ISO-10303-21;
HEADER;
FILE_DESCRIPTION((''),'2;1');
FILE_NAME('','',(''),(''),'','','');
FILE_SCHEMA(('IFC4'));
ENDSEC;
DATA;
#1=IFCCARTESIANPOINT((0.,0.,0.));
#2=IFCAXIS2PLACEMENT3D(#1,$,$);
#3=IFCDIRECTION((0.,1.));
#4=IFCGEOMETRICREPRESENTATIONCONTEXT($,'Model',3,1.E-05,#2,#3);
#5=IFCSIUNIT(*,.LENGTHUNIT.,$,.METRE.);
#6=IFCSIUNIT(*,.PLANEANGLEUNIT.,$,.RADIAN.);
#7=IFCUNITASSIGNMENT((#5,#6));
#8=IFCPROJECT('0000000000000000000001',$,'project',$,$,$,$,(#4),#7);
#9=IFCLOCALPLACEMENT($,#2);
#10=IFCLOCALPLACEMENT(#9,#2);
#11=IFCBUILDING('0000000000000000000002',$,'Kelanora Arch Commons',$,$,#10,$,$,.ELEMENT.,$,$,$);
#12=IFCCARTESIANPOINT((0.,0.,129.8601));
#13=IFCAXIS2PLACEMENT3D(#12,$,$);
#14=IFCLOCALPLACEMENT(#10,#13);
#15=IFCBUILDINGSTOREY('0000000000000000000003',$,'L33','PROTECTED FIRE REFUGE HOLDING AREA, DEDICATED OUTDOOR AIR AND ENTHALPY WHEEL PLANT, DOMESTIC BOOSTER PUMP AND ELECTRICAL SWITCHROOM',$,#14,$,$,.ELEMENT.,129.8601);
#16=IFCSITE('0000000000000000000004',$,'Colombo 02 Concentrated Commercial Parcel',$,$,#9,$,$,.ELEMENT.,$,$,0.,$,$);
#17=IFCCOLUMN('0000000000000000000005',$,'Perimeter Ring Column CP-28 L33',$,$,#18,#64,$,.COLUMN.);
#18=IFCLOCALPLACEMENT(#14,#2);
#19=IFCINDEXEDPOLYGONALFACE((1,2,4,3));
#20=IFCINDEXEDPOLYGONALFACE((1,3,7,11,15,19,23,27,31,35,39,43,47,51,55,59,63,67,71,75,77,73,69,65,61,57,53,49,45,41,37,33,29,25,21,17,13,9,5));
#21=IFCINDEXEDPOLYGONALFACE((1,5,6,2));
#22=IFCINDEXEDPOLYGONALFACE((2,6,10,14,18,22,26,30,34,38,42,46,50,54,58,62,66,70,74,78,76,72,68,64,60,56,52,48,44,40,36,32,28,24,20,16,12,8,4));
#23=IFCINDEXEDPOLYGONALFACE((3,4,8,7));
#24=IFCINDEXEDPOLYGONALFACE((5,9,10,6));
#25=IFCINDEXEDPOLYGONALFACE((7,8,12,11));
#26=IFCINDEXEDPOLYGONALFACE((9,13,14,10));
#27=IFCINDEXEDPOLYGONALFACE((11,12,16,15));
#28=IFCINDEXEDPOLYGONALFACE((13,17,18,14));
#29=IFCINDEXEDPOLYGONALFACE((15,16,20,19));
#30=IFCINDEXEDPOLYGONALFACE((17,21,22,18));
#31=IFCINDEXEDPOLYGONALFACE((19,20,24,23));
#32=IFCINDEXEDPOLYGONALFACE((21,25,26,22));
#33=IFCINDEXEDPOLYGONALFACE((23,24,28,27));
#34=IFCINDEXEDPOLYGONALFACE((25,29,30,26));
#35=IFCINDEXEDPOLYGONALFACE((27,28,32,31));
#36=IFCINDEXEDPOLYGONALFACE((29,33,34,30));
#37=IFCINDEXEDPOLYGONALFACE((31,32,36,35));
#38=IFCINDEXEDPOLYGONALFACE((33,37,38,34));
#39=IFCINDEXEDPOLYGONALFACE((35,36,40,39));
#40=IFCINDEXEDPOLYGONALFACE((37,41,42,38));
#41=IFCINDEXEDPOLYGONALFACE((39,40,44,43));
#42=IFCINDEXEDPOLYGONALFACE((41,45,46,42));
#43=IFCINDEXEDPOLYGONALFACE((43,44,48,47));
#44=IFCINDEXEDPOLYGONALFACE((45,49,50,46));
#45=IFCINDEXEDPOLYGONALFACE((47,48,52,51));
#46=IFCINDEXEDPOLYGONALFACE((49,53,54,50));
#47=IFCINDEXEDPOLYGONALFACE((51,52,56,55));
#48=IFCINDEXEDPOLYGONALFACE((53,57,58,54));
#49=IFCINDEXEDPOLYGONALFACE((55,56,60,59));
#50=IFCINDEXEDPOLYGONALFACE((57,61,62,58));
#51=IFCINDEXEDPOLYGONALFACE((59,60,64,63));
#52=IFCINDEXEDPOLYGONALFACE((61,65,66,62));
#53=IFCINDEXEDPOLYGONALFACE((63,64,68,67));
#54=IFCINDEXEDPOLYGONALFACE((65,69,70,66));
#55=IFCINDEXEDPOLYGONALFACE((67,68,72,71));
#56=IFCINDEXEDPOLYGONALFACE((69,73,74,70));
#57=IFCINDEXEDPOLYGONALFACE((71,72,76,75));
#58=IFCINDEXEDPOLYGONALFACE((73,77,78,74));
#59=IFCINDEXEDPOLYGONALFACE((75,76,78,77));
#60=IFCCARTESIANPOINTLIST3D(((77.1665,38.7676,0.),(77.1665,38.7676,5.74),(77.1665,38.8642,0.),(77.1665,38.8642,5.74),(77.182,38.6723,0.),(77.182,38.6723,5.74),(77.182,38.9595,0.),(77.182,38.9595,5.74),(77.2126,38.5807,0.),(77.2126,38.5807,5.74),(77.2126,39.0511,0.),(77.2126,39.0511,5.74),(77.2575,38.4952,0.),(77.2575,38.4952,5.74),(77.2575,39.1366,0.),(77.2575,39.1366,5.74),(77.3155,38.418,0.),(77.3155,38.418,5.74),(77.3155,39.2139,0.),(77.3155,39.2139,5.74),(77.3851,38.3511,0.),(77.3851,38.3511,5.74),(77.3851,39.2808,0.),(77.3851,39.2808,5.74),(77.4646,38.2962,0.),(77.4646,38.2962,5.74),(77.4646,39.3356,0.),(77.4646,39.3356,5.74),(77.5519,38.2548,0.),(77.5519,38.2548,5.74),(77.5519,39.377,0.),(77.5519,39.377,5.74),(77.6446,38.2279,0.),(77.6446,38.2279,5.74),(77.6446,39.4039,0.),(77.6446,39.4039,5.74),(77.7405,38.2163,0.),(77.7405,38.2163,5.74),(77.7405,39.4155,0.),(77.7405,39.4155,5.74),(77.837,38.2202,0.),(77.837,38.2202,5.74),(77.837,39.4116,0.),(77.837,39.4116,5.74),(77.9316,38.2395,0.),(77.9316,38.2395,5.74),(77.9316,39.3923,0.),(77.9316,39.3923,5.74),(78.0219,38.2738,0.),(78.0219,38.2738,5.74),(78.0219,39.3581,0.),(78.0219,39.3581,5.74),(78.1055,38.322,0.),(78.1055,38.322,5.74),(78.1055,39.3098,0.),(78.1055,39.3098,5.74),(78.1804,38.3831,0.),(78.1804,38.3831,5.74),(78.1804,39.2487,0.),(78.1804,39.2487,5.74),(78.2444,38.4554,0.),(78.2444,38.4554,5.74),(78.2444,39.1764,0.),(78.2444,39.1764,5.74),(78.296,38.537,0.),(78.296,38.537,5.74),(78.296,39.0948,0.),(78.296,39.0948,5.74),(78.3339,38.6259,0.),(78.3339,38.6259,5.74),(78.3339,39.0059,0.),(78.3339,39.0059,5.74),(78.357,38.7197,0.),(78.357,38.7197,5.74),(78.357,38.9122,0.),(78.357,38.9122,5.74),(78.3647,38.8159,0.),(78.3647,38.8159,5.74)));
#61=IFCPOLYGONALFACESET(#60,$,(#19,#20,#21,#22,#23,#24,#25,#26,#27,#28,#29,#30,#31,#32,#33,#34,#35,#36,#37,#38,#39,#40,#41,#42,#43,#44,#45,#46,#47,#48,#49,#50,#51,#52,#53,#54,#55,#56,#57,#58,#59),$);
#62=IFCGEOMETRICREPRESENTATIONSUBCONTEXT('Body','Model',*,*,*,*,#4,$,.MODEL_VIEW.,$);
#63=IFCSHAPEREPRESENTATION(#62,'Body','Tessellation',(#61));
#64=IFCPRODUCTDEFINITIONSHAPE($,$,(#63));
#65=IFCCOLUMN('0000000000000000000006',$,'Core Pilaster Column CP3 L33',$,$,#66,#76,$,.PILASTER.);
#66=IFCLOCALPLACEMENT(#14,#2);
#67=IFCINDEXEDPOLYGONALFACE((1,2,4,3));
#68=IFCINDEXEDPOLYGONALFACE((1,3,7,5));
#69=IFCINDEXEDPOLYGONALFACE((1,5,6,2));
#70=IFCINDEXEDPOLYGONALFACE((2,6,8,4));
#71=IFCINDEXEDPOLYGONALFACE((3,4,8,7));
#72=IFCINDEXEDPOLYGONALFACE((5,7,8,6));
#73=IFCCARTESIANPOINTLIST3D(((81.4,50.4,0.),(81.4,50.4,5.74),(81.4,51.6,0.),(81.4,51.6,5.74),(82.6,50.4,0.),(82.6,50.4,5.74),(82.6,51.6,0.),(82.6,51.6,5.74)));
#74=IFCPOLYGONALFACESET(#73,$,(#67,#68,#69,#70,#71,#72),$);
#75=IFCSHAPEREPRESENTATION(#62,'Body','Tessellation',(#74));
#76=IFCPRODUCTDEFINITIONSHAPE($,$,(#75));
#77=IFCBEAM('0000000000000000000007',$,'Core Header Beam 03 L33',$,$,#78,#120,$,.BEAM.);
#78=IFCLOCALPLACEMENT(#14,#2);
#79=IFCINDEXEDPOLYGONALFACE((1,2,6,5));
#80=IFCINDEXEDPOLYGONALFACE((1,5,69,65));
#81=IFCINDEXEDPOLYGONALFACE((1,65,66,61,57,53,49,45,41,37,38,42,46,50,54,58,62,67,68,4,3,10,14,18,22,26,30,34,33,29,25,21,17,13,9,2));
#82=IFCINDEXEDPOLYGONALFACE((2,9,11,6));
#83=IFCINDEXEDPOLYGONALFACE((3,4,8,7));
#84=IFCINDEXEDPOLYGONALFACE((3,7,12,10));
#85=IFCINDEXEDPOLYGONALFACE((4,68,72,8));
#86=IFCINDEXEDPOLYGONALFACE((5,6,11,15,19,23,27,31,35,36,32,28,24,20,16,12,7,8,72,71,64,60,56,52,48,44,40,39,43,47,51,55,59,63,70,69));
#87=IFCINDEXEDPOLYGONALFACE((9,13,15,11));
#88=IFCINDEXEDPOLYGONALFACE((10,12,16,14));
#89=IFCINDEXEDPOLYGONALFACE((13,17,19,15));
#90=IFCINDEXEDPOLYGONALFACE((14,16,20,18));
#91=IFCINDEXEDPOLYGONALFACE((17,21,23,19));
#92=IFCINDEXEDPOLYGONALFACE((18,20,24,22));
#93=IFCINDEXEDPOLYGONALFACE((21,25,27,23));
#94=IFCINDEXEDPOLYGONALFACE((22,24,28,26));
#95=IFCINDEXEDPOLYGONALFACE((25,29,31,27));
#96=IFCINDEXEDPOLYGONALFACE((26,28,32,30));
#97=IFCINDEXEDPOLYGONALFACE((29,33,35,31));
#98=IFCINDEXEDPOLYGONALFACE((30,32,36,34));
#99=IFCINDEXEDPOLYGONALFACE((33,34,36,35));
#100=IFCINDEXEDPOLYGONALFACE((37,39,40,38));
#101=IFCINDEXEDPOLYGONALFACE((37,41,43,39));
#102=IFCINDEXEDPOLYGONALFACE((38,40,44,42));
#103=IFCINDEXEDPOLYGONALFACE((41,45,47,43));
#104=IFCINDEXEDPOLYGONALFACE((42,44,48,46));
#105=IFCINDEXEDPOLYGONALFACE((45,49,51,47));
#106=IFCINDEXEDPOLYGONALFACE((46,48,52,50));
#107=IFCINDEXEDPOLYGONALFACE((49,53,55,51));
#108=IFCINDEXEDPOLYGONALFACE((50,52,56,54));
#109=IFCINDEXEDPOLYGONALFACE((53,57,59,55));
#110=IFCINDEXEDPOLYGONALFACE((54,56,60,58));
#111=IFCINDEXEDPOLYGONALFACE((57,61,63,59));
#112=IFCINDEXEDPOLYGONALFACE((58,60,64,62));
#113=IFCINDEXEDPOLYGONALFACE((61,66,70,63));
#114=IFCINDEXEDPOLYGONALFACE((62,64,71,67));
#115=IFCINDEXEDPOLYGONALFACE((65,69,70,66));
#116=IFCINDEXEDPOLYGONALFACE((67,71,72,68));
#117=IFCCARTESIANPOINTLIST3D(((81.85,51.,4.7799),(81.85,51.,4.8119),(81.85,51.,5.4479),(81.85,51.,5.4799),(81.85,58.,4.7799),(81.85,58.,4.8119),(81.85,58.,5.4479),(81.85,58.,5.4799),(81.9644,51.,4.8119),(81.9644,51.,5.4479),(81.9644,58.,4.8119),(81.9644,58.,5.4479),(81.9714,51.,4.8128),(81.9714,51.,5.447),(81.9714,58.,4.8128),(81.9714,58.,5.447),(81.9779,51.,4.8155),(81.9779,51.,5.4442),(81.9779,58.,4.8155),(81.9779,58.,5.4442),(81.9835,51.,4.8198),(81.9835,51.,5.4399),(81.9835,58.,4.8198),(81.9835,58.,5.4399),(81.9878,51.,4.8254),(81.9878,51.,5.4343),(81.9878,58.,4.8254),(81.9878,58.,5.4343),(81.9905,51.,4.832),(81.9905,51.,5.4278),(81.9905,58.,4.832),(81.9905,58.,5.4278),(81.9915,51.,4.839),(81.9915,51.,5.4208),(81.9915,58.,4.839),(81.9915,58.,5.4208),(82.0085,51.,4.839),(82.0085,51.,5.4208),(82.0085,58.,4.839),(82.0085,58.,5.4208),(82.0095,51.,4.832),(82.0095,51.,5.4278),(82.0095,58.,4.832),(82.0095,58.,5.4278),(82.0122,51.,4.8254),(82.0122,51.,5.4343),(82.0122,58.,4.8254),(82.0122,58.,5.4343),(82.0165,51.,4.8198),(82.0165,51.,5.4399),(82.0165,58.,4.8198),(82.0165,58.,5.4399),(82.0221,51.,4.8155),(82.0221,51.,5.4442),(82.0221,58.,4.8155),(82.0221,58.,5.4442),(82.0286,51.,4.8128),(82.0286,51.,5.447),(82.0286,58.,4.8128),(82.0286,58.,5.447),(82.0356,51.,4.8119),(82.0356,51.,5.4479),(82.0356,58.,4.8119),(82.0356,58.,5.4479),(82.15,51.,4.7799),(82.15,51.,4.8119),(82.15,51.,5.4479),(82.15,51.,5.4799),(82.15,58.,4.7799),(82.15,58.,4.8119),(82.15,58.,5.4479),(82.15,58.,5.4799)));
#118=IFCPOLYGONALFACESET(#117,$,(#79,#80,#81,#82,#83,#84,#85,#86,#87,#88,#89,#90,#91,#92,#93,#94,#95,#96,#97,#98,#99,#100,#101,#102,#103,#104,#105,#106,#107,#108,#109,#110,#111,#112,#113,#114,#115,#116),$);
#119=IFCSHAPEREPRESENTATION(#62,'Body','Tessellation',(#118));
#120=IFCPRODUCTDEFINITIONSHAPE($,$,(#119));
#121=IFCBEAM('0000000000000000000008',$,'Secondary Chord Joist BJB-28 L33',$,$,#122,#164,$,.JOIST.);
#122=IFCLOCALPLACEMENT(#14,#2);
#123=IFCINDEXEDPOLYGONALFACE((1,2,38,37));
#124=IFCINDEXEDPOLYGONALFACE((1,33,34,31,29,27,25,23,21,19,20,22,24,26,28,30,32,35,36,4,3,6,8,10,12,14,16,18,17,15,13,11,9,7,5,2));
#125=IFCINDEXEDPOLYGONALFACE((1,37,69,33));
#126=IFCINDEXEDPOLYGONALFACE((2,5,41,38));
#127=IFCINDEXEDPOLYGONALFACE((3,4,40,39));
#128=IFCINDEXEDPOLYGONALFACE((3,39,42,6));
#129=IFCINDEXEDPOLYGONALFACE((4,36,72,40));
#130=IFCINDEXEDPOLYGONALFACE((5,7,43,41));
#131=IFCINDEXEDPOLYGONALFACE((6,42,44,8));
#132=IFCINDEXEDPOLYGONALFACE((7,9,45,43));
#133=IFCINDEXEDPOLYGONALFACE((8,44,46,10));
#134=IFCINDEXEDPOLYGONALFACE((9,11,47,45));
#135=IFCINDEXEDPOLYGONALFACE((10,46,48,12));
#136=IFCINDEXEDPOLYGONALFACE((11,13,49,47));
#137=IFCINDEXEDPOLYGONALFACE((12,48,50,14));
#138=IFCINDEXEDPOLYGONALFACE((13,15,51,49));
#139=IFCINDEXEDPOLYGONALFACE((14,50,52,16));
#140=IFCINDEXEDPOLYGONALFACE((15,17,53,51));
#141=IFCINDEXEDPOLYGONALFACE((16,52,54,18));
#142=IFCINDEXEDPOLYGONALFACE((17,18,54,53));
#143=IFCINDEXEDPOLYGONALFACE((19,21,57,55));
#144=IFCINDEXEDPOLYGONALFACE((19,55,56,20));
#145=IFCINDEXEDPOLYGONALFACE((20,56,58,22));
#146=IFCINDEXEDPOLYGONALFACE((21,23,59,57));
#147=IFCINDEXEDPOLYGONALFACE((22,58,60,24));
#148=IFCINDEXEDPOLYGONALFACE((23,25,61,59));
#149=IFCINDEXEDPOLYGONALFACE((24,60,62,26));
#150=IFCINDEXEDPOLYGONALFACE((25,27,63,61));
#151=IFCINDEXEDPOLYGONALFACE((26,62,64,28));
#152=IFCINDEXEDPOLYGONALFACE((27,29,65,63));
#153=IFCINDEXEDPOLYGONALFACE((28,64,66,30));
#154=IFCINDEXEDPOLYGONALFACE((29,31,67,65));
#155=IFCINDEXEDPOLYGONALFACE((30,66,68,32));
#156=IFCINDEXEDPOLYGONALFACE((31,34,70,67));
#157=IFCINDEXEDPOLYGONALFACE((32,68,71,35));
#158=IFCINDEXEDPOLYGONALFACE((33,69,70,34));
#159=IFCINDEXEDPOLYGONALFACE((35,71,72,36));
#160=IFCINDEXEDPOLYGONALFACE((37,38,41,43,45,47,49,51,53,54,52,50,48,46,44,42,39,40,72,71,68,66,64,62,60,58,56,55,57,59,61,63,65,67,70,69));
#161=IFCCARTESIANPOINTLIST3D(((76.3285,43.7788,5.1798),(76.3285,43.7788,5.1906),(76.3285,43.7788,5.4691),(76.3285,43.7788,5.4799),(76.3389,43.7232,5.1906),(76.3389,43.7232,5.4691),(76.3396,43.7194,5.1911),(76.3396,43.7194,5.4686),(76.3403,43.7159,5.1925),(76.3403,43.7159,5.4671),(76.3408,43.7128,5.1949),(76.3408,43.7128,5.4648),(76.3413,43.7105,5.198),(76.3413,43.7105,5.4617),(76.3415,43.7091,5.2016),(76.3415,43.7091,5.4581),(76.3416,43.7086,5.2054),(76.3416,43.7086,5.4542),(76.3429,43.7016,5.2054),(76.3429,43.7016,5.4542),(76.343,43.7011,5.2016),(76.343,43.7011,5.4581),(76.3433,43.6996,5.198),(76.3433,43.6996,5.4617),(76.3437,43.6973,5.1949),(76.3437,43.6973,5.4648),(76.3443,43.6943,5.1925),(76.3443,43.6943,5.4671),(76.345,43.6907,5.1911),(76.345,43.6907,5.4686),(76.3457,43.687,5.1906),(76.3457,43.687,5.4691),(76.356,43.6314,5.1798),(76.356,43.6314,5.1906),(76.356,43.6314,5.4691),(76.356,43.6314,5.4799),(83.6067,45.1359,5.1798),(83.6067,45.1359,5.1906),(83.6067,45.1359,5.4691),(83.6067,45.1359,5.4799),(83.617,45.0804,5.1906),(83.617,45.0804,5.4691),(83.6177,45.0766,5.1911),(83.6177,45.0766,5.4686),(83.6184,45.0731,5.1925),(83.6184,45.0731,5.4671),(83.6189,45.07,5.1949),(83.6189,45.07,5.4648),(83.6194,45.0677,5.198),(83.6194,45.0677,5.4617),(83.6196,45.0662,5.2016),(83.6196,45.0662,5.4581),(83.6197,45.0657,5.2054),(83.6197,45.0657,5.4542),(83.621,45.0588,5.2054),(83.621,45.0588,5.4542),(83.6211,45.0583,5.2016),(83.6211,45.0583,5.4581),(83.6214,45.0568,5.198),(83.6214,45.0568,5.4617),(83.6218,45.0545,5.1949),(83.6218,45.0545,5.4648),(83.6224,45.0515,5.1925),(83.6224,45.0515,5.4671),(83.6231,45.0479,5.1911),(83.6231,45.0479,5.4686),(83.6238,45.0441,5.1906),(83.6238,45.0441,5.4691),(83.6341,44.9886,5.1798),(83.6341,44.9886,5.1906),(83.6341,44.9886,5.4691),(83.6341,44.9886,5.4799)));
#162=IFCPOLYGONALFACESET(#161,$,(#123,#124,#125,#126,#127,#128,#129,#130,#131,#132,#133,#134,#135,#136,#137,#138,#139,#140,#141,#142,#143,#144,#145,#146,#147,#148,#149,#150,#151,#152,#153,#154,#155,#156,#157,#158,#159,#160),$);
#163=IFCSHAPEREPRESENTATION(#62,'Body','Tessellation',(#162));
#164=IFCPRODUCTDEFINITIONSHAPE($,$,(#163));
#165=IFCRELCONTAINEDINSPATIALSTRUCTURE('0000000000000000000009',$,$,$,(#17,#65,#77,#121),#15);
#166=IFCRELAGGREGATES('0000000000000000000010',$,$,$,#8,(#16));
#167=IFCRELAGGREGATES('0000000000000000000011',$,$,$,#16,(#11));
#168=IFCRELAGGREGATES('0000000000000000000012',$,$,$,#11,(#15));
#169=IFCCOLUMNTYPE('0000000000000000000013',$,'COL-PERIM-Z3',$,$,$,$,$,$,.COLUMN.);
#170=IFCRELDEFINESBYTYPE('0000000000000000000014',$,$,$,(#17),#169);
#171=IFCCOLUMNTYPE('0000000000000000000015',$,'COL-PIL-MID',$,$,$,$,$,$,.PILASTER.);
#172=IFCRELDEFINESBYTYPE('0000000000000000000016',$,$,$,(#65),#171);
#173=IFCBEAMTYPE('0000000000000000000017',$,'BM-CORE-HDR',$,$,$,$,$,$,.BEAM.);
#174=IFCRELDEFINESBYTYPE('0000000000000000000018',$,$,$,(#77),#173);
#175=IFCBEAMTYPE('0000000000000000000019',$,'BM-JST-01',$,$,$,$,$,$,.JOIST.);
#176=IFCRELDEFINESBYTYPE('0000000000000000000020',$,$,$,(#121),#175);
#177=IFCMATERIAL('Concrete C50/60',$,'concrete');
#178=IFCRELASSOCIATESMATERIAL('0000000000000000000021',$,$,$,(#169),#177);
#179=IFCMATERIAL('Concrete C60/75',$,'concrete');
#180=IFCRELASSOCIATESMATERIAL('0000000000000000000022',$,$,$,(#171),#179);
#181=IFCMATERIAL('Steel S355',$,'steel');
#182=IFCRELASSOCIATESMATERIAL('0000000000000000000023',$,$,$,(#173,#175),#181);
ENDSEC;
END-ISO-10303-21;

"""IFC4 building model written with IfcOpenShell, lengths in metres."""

from ifc_helpers import new_model, si_unit, direction, frame, origin, origin_2d, place, context, subcontext, project, spatial, rectangle, circle, i_section, extrude, material, material_profile, profile_set, type_object, element, save


model = new_model("IFC4")

# Units and contexts
model_context = context("Model", 3, precision=1e-05, world=origin(), true_north=direction((0.0, 1.0)))
body_context = subcontext(model_context, "Body", "Model", "MODEL_VIEW")
ifc_project = project(units=[si_unit("LENGTHUNIT", "METRE"), si_unit("PLANEANGLEUNIT", "RADIAN")], contexts=[model_context])

# Site, building, storey
site_placement = place(None, origin())
site = spatial("IfcSite", under=ifc_project, at=site_placement, Name="Colombo 02 Concentrated Commercial Parcel", CompositionType="ELEMENT", RefElevation=0.0)
building_placement = place(site_placement, origin())
building = spatial("IfcBuilding", under=site, at=building_placement, Name="Kelanora Arch Commons", CompositionType="ELEMENT")
storey_placement = place(building_placement, frame((0.0, 0.0, 129.8601)))
storey = spatial("IfcBuildingStorey", under=building, at=storey_placement, Name="L33", Description="PROTECTED FIRE REFUGE HOLDING AREA, DEDICATED OUTDOOR AIR AND ENTHALPY WHEEL PLANT, DOMESTIC BOOSTER PUMP AND ELECTRICAL SWITCHROOM", CompositionType="ELEMENT", Elevation=129.8601)

# Columns
ifc_material_1 = material(Name="Concrete C50/60", Category="concrete")
ifc_material_profile_1 = material_profile(ifc_material_1, circle(Radius=0.6001, at=origin_2d()), Name="RCC1200")
ifc_profile_set_1 = profile_set([ifc_material_profile_1], Name="Concrete C50/60")
column_type_1 = type_object("IfcColumnType", Name="COL-PERIM-Z3", PredefinedType="COLUMN", material=ifc_profile_set_1)
column_1_placement = place(storey_placement, frame((77.7646, 38.8159, 0.0), z_axis=(0.0, 0.0, 1.0), x_axis=(1.0, 0.0, 0.0)))
element("IfcColumn", 1, at=column_1_placement, inside=storey, type_object=column_type_1, Name="Perimeter Ring Column CP-28 L33", PredefinedType="COLUMN", context=body_context, shape_type="SweptSolid", body=[
    extrude(circle(Radius=0.6001, at=origin_2d()), origin(), (0.0, 0.0, 1.0), 5.74),
])
ifc_material_2 = material(Name="Concrete C60/75", Category="concrete")
ifc_material_profile_2 = material_profile(ifc_material_2, rectangle(XDim=1.2, YDim=1.2, at=origin_2d()), Name="RC1200x1200")
ifc_profile_set_2 = profile_set([ifc_material_profile_2], Name="Concrete C60/75")
column_type_2 = type_object("IfcColumnType", Name="COL-PIL-MID", PredefinedType="PILASTER", material=ifc_profile_set_2)
column_2_placement = place(storey_placement, frame((82.0, 51.0, 0.0), z_axis=(0.0, 0.0, 1.0), x_axis=(1.0, 0.0, 0.0)))
element("IfcColumn", 2, at=column_2_placement, inside=storey, type_object=column_type_2, Name="Core Pilaster Column CP3 L33", PredefinedType="PILASTER", context=body_context, shape_type="SweptSolid", body=[
    extrude(rectangle(XDim=1.2, YDim=1.2, at=origin_2d()), origin(), (0.0, 0.0, 1.0), 5.74),
])

# Beams
ifc_material_3 = material(Name="Steel S355", Category="steel")
ifc_material_profile_3 = material_profile(ifc_material_3, i_section(OverallWidth=0.3, OverallDepth=0.7, WebThickness=0.0171, FlangeThickness=0.032, FilletRadius=0.0271, at=origin_2d()), Name="HEB700")
ifc_profile_set_3 = profile_set([ifc_material_profile_3], Name="Steel S355")
beam_type_1 = type_object("IfcBeamType", Name="BM-CORE-HDR", PredefinedType="BEAM", material=ifc_profile_set_3)
beam_1_placement = place(storey_placement, frame((82.0, 51.0, 5.1299), z_axis=(0.0, 1.0, 0.0), x_axis=(-1.0, 0.0, 0.0)))
element("IfcBeam", 3, at=beam_1_placement, inside=storey, type_object=beam_type_1, Name="Core Header Beam 03 L33", PredefinedType="BEAM", context=body_context, shape_type="SweptSolid", body=[
    extrude(i_section(OverallWidth=0.3, OverallDepth=0.7, WebThickness=0.0171, FlangeThickness=0.032, FilletRadius=0.0271, at=origin_2d()), origin(), (0.0, 0.0, 1.0), 7.0),
])
ifc_material_profile_4 = material_profile(ifc_material_3, i_section(OverallWidth=0.1499, OverallDepth=0.3, WebThickness=0.0071, FlangeThickness=0.0107, FilletRadius=0.0149, at=origin_2d()), Name="IPE300")
ifc_profile_set_4 = profile_set([ifc_material_profile_4], Name="Steel S355")
beam_type_2 = type_object("IfcBeamType", Name="BM-JST-01", PredefinedType="JOIST", material=ifc_profile_set_4)
beam_2_placement = place(storey_placement, frame((76.3423, 43.7051, 5.3298), z_axis=(0.983054, 0.183315, 0.0), x_axis=(-0.183315, 0.983054, 0.0)))
element("IfcBeam", 4, at=beam_2_placement, inside=storey, type_object=beam_type_2, Name="Secondary Chord Joist BJB-28 L33", PredefinedType="JOIST", context=body_context, shape_type="SweptSolid", body=[
    extrude(i_section(OverallWidth=0.1499, OverallDepth=0.3, WebThickness=0.0071, FlangeThickness=0.0107, FilletRadius=0.0149, at=origin_2d()), origin(), (0.0, 0.0, 1.0), 7.4036),
])

save(model, "model.ifc")
